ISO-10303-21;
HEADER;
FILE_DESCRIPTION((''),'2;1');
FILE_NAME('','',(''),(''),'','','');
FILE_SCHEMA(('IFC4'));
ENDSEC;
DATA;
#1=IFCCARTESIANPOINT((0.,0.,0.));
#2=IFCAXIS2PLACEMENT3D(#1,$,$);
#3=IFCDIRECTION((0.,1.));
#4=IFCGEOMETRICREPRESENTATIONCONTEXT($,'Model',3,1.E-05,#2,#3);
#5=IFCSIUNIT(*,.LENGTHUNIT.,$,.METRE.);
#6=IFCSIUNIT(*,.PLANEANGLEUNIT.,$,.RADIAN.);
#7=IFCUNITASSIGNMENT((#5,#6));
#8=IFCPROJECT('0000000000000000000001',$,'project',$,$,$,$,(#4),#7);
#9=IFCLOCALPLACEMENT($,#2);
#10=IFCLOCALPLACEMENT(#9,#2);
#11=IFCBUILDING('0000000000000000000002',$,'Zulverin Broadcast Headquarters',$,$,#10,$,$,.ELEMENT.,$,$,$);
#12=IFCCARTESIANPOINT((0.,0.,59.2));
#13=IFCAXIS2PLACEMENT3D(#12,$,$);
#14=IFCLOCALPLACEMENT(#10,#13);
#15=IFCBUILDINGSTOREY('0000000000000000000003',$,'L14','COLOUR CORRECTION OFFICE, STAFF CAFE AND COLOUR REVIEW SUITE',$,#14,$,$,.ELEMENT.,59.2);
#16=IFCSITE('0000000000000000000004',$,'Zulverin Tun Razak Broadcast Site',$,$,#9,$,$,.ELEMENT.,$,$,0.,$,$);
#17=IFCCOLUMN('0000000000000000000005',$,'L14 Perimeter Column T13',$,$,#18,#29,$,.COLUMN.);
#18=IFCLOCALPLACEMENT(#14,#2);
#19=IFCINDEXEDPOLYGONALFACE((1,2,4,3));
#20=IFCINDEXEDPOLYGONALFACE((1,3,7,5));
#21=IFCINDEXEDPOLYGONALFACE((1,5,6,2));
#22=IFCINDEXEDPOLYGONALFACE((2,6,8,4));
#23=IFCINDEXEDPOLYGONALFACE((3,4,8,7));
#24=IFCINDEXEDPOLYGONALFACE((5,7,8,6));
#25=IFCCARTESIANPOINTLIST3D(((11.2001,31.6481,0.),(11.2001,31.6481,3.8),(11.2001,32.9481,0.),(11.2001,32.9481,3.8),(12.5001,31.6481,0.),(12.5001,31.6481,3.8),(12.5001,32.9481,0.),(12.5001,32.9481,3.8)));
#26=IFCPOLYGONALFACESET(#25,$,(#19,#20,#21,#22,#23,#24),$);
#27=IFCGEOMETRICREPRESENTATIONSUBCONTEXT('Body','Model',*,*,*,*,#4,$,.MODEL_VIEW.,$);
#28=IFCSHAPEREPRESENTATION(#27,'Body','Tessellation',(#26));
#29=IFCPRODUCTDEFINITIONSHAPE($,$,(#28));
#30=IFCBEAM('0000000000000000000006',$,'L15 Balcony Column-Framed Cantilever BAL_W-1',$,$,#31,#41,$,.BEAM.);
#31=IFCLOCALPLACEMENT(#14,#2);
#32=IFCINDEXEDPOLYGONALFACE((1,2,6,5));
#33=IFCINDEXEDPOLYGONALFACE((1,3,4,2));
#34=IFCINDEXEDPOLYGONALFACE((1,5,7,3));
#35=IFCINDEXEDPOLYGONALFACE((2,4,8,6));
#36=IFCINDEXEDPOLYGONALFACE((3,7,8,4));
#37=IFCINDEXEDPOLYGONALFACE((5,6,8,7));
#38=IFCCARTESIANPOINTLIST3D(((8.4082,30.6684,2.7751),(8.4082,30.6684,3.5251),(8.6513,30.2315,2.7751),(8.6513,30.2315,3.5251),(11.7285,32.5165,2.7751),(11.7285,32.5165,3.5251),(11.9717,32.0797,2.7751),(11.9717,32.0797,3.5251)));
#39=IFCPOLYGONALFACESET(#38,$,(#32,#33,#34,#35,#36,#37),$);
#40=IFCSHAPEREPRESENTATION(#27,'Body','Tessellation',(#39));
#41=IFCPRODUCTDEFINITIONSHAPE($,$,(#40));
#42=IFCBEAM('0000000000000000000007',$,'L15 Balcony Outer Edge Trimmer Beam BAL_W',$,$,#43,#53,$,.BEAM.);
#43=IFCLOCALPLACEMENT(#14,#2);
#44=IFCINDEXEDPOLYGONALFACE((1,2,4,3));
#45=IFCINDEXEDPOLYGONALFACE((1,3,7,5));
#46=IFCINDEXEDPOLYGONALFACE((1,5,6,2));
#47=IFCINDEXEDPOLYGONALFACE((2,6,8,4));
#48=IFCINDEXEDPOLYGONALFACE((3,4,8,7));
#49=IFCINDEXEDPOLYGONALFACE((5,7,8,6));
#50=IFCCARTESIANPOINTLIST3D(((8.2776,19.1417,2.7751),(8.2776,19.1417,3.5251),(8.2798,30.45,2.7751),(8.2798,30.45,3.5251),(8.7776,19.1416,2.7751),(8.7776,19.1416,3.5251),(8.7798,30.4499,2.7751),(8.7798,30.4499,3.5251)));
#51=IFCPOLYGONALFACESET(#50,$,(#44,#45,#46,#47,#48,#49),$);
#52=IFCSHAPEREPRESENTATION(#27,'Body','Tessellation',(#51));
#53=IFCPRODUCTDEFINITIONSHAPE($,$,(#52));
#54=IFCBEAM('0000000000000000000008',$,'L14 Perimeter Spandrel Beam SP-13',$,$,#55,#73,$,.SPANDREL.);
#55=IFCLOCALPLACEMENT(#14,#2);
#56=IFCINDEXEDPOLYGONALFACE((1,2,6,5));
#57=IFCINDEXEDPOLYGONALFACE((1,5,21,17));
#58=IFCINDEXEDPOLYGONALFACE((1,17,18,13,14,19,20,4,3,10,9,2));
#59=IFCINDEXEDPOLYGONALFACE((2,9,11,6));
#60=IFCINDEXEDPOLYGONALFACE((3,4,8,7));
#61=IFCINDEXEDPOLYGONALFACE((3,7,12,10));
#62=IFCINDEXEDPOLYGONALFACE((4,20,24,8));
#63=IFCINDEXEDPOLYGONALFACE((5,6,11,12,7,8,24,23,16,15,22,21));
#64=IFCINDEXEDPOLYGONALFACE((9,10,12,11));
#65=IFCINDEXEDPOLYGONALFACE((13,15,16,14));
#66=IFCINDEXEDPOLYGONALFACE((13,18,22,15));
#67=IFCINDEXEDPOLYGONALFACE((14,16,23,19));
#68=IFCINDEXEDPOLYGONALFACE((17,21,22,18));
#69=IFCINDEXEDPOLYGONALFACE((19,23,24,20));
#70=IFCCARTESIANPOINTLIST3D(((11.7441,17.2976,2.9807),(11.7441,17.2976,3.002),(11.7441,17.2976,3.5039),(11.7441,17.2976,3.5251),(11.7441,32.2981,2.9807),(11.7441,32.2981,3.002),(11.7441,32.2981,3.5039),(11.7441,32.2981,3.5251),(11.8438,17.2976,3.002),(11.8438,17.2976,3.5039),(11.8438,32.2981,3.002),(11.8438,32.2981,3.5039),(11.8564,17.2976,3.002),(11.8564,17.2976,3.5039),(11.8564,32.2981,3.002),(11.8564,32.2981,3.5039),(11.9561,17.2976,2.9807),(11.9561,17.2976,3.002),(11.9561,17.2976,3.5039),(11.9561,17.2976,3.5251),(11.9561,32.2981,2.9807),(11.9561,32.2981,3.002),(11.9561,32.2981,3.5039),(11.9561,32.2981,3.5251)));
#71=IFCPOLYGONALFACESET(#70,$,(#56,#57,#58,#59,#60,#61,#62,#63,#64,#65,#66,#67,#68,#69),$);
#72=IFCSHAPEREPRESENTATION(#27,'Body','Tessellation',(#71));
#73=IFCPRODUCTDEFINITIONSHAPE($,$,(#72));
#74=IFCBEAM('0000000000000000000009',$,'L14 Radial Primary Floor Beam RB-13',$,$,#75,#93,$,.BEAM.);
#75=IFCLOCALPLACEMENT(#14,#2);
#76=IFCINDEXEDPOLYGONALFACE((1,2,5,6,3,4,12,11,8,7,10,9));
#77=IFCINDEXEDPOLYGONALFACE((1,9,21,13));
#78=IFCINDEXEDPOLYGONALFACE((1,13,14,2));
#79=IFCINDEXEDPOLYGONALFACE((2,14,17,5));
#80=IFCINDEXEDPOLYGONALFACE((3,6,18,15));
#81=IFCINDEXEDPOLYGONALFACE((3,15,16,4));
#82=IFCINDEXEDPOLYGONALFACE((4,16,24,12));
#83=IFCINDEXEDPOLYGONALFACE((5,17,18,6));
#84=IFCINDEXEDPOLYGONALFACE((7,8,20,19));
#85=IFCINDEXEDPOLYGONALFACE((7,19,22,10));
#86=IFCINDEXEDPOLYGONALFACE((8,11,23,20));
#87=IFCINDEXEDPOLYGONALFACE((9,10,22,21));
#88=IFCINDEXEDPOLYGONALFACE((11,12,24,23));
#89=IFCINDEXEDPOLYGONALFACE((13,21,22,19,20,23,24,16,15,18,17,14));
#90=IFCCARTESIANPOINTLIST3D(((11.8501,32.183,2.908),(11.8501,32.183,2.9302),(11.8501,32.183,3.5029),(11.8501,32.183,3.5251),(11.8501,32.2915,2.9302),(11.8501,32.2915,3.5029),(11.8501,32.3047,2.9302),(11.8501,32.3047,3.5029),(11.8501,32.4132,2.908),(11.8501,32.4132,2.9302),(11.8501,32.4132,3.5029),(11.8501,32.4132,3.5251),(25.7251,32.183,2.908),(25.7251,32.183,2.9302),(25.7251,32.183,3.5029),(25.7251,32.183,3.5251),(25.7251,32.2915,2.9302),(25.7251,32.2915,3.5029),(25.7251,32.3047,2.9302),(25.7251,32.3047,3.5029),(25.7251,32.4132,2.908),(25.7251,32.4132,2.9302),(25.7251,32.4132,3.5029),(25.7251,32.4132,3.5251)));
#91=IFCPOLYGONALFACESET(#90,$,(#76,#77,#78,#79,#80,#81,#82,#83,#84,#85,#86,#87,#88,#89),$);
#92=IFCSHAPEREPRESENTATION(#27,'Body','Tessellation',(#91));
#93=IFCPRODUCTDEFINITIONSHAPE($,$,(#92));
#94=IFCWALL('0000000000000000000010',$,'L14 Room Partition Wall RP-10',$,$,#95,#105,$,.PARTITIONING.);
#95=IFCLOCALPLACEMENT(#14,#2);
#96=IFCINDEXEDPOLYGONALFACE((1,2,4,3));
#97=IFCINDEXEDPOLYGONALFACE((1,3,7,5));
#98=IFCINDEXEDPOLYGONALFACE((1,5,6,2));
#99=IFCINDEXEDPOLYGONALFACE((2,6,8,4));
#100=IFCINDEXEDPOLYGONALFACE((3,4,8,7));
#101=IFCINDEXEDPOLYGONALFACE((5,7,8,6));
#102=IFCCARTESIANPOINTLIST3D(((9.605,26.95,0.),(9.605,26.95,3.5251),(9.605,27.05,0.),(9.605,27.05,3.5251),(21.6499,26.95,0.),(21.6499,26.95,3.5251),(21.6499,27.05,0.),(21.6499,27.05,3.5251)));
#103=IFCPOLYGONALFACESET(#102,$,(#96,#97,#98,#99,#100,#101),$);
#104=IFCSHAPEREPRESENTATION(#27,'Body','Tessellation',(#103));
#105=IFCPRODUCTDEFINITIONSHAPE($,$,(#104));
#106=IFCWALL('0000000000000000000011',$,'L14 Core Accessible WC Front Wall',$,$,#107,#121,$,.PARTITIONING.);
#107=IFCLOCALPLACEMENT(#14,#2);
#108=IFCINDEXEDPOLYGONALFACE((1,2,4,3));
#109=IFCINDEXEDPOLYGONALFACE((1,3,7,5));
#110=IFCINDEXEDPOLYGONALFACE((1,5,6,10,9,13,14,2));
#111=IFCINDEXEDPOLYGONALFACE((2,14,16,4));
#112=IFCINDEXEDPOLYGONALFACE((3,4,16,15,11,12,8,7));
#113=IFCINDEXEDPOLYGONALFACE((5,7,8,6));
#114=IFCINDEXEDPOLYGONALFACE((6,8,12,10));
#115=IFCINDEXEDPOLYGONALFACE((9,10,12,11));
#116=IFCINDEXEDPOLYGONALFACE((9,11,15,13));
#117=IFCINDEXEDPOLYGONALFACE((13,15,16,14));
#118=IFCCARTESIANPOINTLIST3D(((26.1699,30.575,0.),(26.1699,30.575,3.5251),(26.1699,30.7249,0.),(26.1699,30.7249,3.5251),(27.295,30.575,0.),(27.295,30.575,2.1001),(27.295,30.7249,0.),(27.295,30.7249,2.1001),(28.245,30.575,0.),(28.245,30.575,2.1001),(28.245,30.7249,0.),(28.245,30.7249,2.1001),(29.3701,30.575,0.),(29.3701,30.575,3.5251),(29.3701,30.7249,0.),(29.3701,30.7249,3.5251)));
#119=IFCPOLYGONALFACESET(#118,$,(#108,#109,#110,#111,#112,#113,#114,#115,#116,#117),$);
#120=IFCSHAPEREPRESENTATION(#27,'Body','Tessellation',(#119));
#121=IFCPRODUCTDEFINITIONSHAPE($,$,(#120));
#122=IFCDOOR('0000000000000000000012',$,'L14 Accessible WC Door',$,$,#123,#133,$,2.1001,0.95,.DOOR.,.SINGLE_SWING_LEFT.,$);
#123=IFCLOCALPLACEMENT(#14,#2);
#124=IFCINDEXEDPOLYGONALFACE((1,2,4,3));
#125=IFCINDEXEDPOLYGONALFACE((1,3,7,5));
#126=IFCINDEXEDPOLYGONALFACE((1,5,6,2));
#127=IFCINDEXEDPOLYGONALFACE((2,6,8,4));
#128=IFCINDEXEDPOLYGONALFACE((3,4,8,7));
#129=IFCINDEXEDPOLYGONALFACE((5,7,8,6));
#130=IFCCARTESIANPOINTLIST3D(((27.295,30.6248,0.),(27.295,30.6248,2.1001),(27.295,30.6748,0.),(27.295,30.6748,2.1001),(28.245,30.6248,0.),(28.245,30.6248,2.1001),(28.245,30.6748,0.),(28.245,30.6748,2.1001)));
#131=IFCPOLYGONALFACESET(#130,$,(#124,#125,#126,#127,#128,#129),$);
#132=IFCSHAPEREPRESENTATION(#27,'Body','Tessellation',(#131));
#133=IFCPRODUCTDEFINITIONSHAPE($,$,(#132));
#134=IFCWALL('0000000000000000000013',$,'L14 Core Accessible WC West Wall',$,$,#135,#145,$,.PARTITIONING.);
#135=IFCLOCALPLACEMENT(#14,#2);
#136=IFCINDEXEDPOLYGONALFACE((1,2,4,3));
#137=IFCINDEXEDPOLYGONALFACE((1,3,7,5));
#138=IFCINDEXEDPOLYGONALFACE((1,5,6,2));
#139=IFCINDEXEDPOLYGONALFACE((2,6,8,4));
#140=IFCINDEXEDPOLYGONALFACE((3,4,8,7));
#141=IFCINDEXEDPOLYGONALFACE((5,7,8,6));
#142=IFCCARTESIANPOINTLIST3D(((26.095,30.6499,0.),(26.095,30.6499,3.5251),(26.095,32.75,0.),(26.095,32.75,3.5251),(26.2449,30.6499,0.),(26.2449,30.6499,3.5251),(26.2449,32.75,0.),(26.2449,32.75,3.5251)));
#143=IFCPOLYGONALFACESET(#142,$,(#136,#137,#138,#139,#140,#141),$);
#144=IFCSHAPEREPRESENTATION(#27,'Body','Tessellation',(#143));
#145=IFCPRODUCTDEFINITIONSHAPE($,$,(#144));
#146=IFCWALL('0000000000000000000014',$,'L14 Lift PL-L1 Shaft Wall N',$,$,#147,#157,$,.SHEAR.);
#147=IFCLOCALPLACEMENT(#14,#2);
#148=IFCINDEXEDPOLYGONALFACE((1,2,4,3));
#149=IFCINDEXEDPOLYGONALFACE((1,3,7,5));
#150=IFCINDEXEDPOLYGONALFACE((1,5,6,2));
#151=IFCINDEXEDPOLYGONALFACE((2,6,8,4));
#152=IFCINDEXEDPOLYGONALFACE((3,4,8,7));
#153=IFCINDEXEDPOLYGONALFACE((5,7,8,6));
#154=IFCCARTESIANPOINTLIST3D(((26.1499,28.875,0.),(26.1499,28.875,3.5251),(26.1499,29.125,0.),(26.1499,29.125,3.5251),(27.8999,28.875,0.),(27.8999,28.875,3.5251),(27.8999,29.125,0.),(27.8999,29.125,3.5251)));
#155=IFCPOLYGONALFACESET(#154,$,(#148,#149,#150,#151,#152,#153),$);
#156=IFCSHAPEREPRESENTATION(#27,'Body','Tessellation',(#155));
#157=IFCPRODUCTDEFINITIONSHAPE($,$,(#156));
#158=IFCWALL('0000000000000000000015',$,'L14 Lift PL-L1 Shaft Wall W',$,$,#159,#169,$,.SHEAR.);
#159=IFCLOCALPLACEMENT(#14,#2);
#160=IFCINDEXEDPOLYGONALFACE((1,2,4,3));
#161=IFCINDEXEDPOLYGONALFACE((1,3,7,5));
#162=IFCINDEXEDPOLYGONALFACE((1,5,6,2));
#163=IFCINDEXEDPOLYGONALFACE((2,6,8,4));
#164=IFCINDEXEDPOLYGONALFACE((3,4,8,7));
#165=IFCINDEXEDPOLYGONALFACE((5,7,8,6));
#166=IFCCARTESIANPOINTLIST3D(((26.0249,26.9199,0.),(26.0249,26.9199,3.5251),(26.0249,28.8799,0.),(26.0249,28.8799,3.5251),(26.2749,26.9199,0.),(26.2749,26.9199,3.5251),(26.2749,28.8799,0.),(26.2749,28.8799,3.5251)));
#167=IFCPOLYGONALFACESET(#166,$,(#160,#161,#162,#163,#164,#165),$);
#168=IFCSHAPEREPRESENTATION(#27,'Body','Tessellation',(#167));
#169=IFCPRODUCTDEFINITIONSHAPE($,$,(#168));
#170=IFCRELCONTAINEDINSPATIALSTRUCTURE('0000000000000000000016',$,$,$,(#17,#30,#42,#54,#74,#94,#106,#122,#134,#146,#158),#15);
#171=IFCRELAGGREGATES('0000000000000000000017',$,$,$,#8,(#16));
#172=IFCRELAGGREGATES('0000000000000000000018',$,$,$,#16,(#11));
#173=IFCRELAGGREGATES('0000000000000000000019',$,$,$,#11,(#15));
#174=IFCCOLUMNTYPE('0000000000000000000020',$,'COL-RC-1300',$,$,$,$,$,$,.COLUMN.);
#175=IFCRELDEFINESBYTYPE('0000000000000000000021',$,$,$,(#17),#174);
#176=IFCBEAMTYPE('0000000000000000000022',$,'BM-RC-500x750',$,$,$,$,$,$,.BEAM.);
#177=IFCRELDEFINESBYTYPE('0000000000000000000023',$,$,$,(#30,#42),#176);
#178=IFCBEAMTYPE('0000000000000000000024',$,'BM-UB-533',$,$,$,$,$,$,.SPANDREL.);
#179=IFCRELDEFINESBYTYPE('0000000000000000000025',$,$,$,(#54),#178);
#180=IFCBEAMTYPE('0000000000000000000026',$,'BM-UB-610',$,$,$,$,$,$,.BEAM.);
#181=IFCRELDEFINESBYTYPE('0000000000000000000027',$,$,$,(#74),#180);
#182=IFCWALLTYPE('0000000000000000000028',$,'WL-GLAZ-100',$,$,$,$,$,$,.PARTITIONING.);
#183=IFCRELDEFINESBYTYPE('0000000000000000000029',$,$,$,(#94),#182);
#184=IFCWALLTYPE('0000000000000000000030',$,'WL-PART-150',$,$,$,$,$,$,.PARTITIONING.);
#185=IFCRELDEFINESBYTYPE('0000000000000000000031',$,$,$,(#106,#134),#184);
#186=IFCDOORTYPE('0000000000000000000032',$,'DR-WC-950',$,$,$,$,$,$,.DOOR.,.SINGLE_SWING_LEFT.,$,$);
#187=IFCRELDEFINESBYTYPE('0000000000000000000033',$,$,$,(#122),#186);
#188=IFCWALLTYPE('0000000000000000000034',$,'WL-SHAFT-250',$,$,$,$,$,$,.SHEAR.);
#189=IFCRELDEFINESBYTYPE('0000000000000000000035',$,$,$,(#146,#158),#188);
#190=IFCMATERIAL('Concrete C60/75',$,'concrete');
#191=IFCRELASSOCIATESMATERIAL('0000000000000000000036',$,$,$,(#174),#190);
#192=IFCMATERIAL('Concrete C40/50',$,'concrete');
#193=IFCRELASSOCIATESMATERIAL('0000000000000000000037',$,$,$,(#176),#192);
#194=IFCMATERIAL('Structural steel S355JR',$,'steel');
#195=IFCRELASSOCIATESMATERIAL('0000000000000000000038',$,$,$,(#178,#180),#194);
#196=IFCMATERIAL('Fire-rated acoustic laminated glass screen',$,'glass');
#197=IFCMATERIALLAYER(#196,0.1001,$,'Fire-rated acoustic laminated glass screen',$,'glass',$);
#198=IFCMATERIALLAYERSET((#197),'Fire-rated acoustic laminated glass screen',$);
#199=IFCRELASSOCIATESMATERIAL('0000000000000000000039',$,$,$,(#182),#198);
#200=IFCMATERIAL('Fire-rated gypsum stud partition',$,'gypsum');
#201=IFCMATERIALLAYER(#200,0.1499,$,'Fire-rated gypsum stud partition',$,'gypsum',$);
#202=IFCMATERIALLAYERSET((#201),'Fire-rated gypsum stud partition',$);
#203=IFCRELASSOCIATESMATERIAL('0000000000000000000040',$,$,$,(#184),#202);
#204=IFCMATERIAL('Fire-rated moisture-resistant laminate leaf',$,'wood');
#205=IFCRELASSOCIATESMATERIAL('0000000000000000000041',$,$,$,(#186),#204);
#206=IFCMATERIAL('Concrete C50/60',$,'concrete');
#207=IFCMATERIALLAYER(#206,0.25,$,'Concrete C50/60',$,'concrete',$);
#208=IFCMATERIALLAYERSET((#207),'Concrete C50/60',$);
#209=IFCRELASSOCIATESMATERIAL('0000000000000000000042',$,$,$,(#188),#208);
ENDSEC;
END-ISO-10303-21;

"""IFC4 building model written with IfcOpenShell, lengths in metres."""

from ifc_helpers import new_model, si_unit, direction, frame, frame_2d, origin, origin_2d, place, context, subcontext, project, spatial, rectangle, i_section, extrude, material, layer, layer_set, material_profile, profile_set, type_object, element, fill, save


model = new_model("IFC4")

# Units and contexts
model_context = context("Model", 3, precision=1e-05, world=origin(), true_north=direction((0.0, 1.0)))
body_context = subcontext(model_context, "Body", "Model", "MODEL_VIEW")
ifc_project = project(units=[si_unit("LENGTHUNIT", "METRE"), si_unit("PLANEANGLEUNIT", "RADIAN")], contexts=[model_context])

# Site, building, storey
site_placement = place(None, origin())
site = spatial("IfcSite", under=ifc_project, at=site_placement, Name="Zulverin Tun Razak Broadcast Site", CompositionType="ELEMENT", RefElevation=0.0)
building_placement = place(site_placement, origin())
building = spatial("IfcBuilding", under=site, at=building_placement, Name="Zulverin Broadcast Headquarters", CompositionType="ELEMENT")
storey_placement = place(building_placement, frame((0.0, 0.0, 59.2)))
storey = spatial("IfcBuildingStorey", under=building, at=storey_placement, Name="L14", Description="COLOUR CORRECTION OFFICE, STAFF CAFE AND COLOUR REVIEW SUITE", CompositionType="ELEMENT", Elevation=59.2)

# Column
ifc_material_1 = material(Name="Concrete C60/75", Category="concrete")
ifc_material_profile_1 = material_profile(ifc_material_1, rectangle(XDim=1.3, YDim=1.3, at=origin_2d()), Name="Concrete C60/75", Category="concrete")
ifc_profile_set_1 = profile_set([ifc_material_profile_1], Name="Concrete C60/75")
column_type = type_object("IfcColumnType", Name="COL-RC-1300", PredefinedType="COLUMN", material=ifc_profile_set_1)
column_placement = place(storey_placement, frame((11.8501, 32.2981, 0.0), z_axis=(0.0, 0.0, 1.0), x_axis=(1.0, 0.0, 0.0)))
element("IfcColumn", 1, at=column_placement, inside=storey, type_object=column_type, Name="L14 Perimeter Column T13", PredefinedType="COLUMN", context=body_context, shape_type="SweptSolid", body=[
    extrude(rectangle(XDim=1.3, YDim=1.3, at=origin_2d()), origin(), (0.0, 0.0, 1.0), 3.8),
])

# Beams
ifc_material_2 = material(Name="Concrete C40/50", Category="concrete")
ifc_material_profile_2 = material_profile(ifc_material_2, rectangle(XDim=0.5, YDim=0.75, at=origin_2d()), Name="Concrete C40/50", Category="concrete")
ifc_profile_set_2 = profile_set([ifc_material_profile_2], Name="Concrete C40/50")
beam_type_1 = type_object("IfcBeamType", Name="BM-RC-500x750", PredefinedType="BEAM", material=ifc_profile_set_2)
beam_1_placement = place(storey_placement, frame((11.8501, 32.2981, 3.1501), z_axis=(-0.873763, -0.486352, 0.0), x_axis=(0.486352, -0.873763, 0.0)))
element("IfcBeam", 2, at=beam_1_placement, inside=storey, type_object=beam_type_1, Name="L15 Balcony Column-Framed Cantilever BAL_W-1", PredefinedType="BEAM", context=body_context, shape_type="SweptSolid", body=[
    extrude(rectangle(XDim=0.5, YDim=0.75, at=origin_2d()), origin(), (0.0, 0.0, 1.0), 3.8),
])
beam_2_placement = place(storey_placement, frame((8.5298, 30.45, 3.1501), z_axis=(-0.000194, -1.0, 0.0), x_axis=(1.0, -0.000194, 0.0)))
element("IfcBeam", 3, at=beam_2_placement, inside=storey, type_object=beam_type_1, Name="L15 Balcony Outer Edge Trimmer Beam BAL_W", PredefinedType="BEAM", context=body_context, shape_type="SweptSolid", body=[
    extrude(rectangle(XDim=0.5, YDim=0.75, at=origin_2d()), origin(), (0.0, 0.0, 1.0), 11.3083),
])
ifc_material_3 = material(Name="Structural steel S355JR", Category="steel")
ifc_material_profile_3 = material_profile(ifc_material_3, i_section(OverallWidth=0.2119, OverallDepth=0.5444, WebThickness=0.0127, FlangeThickness=0.0212, at=origin_2d()), Name="Structural steel S355JR", Category="steel")
ifc_profile_set_3 = profile_set([ifc_material_profile_3], Name="Structural steel S355JR")
beam_type_2 = type_object("IfcBeamType", Name="BM-UB-533", PredefinedType="SPANDREL", material=ifc_profile_set_3)
beam_3_placement = place(storey_placement, frame((11.8501, 32.2981, 3.2529), z_axis=(0.0, -1.0, 0.0), x_axis=(1.0, 0.0, 0.0)))
element("IfcBeam", 4, at=beam_3_placement, inside=storey, type_object=beam_type_2, Name="L14 Perimeter Spandrel Beam SP-13", PredefinedType="SPANDREL", context=body_context, shape_type="SweptSolid", body=[
    extrude(i_section(OverallWidth=0.2119, OverallDepth=0.5444, WebThickness=0.0127, FlangeThickness=0.0212, at=origin_2d()), origin(), (0.0, 0.0, 1.0), 15.0005),
])
ifc_material_profile_4 = material_profile(ifc_material_3, i_section(OverallWidth=0.2302, OverallDepth=0.6172, WebThickness=0.0132, FlangeThickness=0.0222, at=origin_2d()), Name="Structural steel S355JR", Category="steel")
ifc_profile_set_4 = profile_set([ifc_material_profile_4], Name="Structural steel S355JR")
beam_type_3 = type_object("IfcBeamType", Name="BM-UB-610", PredefinedType="BEAM", material=ifc_profile_set_4)
beam_4_placement = place(storey_placement, frame((25.7251, 32.2981, 3.2166), z_axis=(-1.0, 0.0, 0.0), x_axis=(0.0, -1.0, 0.0)))
element("IfcBeam", 5, at=beam_4_placement, inside=storey, type_object=beam_type_3, Name="L14 Radial Primary Floor Beam RB-13", PredefinedType="BEAM", context=body_context, shape_type="SweptSolid", body=[
    extrude(i_section(OverallWidth=0.2302, OverallDepth=0.6172, WebThickness=0.0132, FlangeThickness=0.0222, at=origin_2d()), origin(), (0.0, 0.0, 1.0), 13.875),
])

# Wall
ifc_material_4 = material(Name="Fire-rated acoustic laminated glass screen", Category="glass")
ifc_layer_1 = layer(ifc_material_4, 0.1001, Name="Fire-rated acoustic laminated glass screen", Category="glass")
ifc_layer_set_1 = layer_set([ifc_layer_1], Name="Fire-rated acoustic laminated glass screen")
wall_type_1 = type_object("IfcWallType", Name="WL-GLAZ-100", PredefinedType="PARTITIONING", material=ifc_layer_set_1)
wall_1_placement = place(storey_placement, frame((9.605, 27.0, 0.0), z_axis=(0.0, 0.0, 1.0), x_axis=(1.0, 0.0, 0.0)))
element("IfcWall", 6, at=wall_1_placement, inside=storey, type_object=wall_type_1, Name="L14 Room Partition Wall RP-10", PredefinedType="PARTITIONING", context=body_context, shape_type="SweptSolid", body=[
    extrude(rectangle(XDim=12.0449, YDim=0.1001, at=frame_2d((6.0225, 0.0))), origin(), (0.0, 0.0, 1.0), 3.5251),
])

# Wall, opening, door
ifc_material_5 = material(Name="Fire-rated gypsum stud partition", Category="gypsum")
ifc_layer_2 = layer(ifc_material_5, 0.1499, Name="Fire-rated gypsum stud partition", Category="gypsum")
ifc_layer_set_2 = layer_set([ifc_layer_2], Name="Fire-rated gypsum stud partition")
wall_type_2 = type_object("IfcWallType", Name="WL-PART-150", PredefinedType="PARTITIONING", material=ifc_layer_set_2)
wall_2_placement = place(storey_placement, frame((26.1699, 30.6499, 0.0), z_axis=(0.0, 0.0, 1.0), x_axis=(1.0, 0.0, 0.0)))
wall_2 = element("IfcWall", 7, at=wall_2_placement, inside=storey, type_object=wall_type_2, Name="L14 Core Accessible WC Front Wall", PredefinedType="PARTITIONING", context=body_context, shape_type="SweptSolid", body=[
    extrude(rectangle(XDim=3.2002, YDim=0.1499, at=frame_2d((1.6001, 0.0))), origin(), (0.0, 0.0, 1.0), 3.5251),
])
opening_1_placement = place(wall_2_placement, frame((1.125, 0.0, 0.0)))
opening_1 = element("IfcOpeningElement", 8, at=opening_1_placement, cuts=wall_2, PredefinedType="OPENING", context=body_context, shape_type="SweptSolid", body=[
    extrude(rectangle(XDim=0.95, YDim=2.1001, at=frame_2d((0.4751, 1.05))), frame((0.0, 0.085, 0.0), z_axis=(0.0, -1.0, 0.0), x_axis=(1.0, 0.0, 0.0)), (0.0, 0.0, 1.0), 0.1699),
])
ifc_material_6 = material(Name="Fire-rated moisture-resistant laminate leaf", Category="wood")
door_type_1 = type_object("IfcDoorType", Name="DR-WC-950", OperationType="SINGLE_SWING_LEFT", PredefinedType="DOOR", material=ifc_material_6)
door_1_placement = place(opening_1_placement, origin())
door_1 = element("IfcDoor", 9, at=door_1_placement, inside=storey, type_object=door_type_1, Name="L14 Accessible WC Door", OperationType="SINGLE_SWING_LEFT", OverallHeight=2.1001, OverallWidth=0.95, PredefinedType="DOOR", context=body_context, shape_type="SweptSolid", body=[
    extrude(rectangle(XDim=0.95, YDim=2.1001, at=frame_2d((0.4751, 1.05))), frame((0.0, 0.0249, 0.0), z_axis=(0.0, -1.0, 0.0), x_axis=(1.0, 0.0, 0.0)), (0.0, 0.0, 1.0), 0.05),
])
fill(opening_1, door_1)

# Wall
wall_3_placement = place(storey_placement, frame((26.1699, 30.6499, 0.0), z_axis=(0.0, 0.0, 1.0), x_axis=(0.0, 1.0, 0.0)))
element("IfcWall", 10, at=wall_3_placement, inside=storey, type_object=wall_type_2, Name="L14 Core Accessible WC West Wall", PredefinedType="PARTITIONING", context=body_context, shape_type="SweptSolid", body=[
    extrude(rectangle(XDim=2.1001, YDim=0.1499, at=frame_2d((1.05, 0.0))), origin(), (0.0, 0.0, 1.0), 3.5251),
])

# Shared definitions
ifc_material_7 = material(Name="Concrete C50/60", Category="concrete")
ifc_layer_3 = layer(ifc_material_7, 0.25, Name="Concrete C50/60", Category="concrete")
ifc_layer_set_3 = layer_set([ifc_layer_3], Name="Concrete C50/60")
wall_type_3 = type_object("IfcWallType", Name="WL-SHAFT-250", PredefinedType="SHEAR", material=ifc_layer_set_3)

# Walls
wall_4_placement = place(storey_placement, frame((26.1499, 29.0, 0.0), z_axis=(0.0, 0.0, 1.0), x_axis=(1.0, 0.0, 0.0)))
element("IfcWall", 11, at=wall_4_placement, inside=storey, type_object=wall_type_3, Name="L14 Lift PL-L1 Shaft Wall N", PredefinedType="SHEAR", context=body_context, shape_type="SweptSolid", body=[
    extrude(rectangle(XDim=1.75, YDim=0.25, at=frame_2d((0.875, 0.0))), origin(), (0.0, 0.0, 1.0), 3.5251),
])
wall_5_placement = place(storey_placement, frame((26.1499, 26.9199, 0.0), z_axis=(0.0, 0.0, 1.0), x_axis=(0.0, 1.0, 0.0)))
element("IfcWall", 12, at=wall_5_placement, inside=storey, type_object=wall_type_3, Name="L14 Lift PL-L1 Shaft Wall W", PredefinedType="SHEAR", context=body_context, shape_type="SweptSolid", body=[
    extrude(rectangle(XDim=1.96, YDim=0.25, at=frame_2d((0.98, 0.0))), origin(), (0.0, 0.0, 1.0), 3.5251),
])

save(model, "model.ifc")
